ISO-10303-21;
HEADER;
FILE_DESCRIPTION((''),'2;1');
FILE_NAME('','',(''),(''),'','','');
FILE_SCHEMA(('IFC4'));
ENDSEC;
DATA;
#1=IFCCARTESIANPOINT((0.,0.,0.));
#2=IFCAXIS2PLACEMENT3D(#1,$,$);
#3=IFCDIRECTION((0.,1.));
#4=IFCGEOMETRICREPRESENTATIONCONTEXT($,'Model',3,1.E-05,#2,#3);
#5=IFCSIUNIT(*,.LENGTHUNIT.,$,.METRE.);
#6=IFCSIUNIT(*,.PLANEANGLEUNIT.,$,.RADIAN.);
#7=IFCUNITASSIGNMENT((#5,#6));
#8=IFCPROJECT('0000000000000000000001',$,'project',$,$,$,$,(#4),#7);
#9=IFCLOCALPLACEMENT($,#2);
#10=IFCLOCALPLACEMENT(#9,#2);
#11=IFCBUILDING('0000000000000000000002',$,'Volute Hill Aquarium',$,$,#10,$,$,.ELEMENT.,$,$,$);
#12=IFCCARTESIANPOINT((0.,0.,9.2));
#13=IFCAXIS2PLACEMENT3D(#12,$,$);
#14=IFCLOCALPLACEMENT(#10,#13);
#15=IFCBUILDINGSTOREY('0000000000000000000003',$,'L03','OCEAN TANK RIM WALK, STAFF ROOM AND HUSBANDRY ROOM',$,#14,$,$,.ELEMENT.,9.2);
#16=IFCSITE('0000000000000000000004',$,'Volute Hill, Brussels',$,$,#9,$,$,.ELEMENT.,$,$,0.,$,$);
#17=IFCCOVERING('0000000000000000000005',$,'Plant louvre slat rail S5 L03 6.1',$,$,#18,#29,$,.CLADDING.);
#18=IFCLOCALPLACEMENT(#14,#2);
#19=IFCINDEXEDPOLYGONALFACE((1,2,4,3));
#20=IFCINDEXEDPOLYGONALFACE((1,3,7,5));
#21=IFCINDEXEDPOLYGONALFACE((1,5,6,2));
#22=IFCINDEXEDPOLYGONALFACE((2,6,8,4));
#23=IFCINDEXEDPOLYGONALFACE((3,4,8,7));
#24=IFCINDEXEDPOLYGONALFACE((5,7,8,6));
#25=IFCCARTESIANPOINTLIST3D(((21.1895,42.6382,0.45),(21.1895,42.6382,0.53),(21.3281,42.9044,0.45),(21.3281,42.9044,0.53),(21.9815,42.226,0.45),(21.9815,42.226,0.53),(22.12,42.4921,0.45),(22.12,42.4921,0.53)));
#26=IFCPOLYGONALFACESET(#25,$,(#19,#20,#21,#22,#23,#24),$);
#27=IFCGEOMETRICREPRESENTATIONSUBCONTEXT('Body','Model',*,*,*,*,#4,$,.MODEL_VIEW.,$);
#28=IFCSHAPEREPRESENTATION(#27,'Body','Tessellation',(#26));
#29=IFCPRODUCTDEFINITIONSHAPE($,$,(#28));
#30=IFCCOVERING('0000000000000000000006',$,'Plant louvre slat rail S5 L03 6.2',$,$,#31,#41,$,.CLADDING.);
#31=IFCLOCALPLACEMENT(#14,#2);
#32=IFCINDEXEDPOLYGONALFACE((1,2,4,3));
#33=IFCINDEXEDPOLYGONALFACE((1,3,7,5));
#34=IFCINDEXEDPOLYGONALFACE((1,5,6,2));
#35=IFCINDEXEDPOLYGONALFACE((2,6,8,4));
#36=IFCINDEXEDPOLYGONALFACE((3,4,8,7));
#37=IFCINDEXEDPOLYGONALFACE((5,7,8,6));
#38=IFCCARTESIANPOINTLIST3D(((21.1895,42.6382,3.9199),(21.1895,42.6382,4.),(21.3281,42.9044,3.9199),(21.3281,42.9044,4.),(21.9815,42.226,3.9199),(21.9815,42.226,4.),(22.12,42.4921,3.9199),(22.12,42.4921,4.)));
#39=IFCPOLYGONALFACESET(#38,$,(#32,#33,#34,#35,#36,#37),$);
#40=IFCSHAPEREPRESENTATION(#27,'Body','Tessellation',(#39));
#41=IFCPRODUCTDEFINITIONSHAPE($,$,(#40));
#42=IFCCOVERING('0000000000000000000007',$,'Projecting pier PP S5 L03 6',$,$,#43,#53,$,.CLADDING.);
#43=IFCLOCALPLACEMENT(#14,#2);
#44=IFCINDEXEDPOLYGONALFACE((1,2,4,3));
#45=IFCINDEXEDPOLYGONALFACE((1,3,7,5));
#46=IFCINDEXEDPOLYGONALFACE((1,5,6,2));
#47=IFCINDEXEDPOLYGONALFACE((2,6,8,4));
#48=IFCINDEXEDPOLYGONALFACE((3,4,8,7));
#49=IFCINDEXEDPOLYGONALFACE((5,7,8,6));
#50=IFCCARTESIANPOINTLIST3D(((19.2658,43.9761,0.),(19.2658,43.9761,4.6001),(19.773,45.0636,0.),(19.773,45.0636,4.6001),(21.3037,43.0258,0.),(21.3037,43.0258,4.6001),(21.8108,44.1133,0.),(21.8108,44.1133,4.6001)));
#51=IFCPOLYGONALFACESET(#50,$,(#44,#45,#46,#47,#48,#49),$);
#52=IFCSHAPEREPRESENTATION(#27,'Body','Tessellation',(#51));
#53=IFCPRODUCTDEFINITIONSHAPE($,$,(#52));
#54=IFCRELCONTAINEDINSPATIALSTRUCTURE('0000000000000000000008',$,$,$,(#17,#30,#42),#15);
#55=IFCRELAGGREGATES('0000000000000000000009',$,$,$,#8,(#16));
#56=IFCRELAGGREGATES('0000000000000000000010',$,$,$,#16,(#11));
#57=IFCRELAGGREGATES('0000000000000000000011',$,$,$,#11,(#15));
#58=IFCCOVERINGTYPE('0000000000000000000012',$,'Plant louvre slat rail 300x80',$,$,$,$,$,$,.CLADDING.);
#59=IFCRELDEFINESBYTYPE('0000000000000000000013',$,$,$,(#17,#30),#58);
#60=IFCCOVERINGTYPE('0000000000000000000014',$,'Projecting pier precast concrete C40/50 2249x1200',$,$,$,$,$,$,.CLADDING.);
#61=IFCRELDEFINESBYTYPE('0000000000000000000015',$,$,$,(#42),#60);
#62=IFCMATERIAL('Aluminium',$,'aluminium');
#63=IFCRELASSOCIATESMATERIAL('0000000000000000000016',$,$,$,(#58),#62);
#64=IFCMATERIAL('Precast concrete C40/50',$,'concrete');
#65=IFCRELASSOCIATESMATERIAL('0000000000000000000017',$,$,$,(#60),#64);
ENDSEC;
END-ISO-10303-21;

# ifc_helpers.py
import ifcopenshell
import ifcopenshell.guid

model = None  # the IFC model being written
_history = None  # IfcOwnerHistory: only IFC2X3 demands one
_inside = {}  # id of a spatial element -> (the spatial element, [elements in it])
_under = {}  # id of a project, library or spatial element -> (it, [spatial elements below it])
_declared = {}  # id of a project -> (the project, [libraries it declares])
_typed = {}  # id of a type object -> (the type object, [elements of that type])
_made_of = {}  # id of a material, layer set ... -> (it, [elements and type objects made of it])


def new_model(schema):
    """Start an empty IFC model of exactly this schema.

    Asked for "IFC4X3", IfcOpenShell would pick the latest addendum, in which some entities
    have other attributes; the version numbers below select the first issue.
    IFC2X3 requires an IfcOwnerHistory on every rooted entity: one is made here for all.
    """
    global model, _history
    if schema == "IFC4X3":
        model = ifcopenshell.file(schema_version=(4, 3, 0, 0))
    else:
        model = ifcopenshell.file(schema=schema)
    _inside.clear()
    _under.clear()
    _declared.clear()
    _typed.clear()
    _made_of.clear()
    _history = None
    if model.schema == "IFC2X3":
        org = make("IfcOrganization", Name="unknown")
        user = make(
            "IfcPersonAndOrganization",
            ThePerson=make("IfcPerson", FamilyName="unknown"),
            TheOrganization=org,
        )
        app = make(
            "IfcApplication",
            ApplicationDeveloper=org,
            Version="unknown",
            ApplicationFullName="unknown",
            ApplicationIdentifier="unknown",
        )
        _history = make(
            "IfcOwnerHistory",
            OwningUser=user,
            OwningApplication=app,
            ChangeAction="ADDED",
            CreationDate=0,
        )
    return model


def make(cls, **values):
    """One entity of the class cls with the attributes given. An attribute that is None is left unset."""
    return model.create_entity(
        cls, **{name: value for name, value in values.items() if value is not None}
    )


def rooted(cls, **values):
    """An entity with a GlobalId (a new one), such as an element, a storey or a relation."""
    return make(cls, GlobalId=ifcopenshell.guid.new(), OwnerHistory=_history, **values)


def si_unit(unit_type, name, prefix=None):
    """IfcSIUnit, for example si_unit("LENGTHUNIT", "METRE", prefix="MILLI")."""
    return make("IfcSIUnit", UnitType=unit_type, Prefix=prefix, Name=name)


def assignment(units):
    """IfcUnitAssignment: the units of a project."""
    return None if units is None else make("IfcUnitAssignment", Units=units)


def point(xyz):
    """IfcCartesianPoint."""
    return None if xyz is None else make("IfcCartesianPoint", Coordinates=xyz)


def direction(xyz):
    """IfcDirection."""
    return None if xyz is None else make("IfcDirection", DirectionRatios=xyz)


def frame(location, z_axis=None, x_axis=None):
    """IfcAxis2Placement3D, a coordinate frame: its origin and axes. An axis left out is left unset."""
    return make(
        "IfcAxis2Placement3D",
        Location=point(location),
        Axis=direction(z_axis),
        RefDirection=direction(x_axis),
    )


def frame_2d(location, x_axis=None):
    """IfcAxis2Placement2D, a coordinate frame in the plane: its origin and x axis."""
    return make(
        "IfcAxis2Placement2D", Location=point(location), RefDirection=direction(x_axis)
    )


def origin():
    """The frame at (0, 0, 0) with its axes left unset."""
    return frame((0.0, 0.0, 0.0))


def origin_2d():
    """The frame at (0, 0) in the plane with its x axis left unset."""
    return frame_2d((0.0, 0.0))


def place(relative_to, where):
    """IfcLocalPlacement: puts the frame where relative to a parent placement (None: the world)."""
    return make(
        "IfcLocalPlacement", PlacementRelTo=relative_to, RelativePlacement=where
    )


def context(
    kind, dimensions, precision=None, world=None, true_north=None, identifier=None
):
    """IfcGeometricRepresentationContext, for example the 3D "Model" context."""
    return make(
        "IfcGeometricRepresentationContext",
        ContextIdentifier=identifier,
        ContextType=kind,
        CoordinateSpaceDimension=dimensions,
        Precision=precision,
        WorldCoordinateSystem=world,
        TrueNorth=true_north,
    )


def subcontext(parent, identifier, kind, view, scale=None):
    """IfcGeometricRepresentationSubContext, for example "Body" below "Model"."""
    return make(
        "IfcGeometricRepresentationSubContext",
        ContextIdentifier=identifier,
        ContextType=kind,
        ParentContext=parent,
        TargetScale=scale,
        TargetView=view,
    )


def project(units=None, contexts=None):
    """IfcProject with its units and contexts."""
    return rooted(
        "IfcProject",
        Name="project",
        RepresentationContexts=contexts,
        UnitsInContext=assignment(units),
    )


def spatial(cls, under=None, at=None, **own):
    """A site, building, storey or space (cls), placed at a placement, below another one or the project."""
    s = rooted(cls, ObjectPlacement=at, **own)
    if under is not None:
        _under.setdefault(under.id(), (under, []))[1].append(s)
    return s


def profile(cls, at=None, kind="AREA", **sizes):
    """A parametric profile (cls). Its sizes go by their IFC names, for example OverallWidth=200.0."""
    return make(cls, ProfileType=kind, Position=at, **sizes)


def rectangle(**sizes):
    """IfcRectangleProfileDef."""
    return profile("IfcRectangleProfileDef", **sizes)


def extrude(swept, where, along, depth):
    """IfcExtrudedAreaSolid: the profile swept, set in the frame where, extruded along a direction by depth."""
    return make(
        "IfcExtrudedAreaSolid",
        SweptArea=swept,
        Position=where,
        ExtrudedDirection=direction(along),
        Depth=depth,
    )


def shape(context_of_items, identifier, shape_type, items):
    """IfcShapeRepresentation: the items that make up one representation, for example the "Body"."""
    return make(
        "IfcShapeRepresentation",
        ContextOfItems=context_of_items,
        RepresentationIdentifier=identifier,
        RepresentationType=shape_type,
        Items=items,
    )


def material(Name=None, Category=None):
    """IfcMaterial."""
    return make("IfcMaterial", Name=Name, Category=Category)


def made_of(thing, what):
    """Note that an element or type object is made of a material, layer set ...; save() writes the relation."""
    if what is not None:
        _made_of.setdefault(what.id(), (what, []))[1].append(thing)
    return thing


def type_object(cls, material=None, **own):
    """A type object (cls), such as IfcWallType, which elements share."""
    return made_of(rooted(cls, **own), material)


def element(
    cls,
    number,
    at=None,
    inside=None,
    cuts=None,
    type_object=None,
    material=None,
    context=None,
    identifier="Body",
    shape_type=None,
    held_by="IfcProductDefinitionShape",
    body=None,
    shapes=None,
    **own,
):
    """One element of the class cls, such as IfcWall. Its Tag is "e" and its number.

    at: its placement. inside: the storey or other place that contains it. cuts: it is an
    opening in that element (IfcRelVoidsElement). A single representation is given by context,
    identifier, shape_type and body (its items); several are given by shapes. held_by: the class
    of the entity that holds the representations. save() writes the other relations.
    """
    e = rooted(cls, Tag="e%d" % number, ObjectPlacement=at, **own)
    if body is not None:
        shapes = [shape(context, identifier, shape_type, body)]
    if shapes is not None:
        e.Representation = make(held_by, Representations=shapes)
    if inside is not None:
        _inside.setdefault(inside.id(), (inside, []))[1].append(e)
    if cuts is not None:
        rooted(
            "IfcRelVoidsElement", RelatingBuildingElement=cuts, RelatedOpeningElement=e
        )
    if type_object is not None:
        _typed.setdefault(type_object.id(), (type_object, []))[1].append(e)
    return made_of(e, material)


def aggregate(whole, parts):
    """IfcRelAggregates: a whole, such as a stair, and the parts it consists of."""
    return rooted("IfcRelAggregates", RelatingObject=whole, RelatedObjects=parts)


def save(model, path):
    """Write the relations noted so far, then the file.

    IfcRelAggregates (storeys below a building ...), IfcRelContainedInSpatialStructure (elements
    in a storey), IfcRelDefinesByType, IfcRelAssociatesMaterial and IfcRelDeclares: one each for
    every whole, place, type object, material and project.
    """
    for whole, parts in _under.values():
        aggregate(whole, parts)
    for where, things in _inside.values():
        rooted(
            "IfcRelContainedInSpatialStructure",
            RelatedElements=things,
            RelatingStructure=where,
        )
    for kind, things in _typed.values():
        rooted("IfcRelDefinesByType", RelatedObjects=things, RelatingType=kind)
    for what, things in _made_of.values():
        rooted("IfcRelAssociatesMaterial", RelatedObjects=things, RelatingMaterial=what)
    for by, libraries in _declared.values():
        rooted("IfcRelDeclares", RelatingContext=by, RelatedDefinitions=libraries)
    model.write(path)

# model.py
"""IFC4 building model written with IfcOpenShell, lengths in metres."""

from ifc_helpers import new_model, si_unit, direction, frame, origin, origin_2d, place, context, subcontext, project, spatial, rectangle, extrude, material, type_object, element, save


model = new_model("IFC4")

# Units and contexts
model_context = context("Model", 3, precision=1e-05, world=origin(), true_north=direction((0.0, 1.0)))
body_context = subcontext(model_context, "Body", "Model", "MODEL_VIEW")
ifc_project = project(units=[si_unit("LENGTHUNIT", "METRE"), si_unit("PLANEANGLEUNIT", "RADIAN")], contexts=[model_context])

# Site, building, storey
site_placement = place(None, origin())
site = spatial("IfcSite", under=ifc_project, at=site_placement, Name="Volute Hill, Brussels", CompositionType="ELEMENT", RefElevation=0.0)
building_placement = place(site_placement, origin())
building = spatial("IfcBuilding", under=site, at=building_placement, Name="Volute Hill Aquarium", CompositionType="ELEMENT")
storey_placement = place(building_placement, frame((0.0, 0.0, 9.2)))
storey = spatial("IfcBuildingStorey", under=building, at=storey_placement, Name="L03", Description="OCEAN TANK RIM WALK, STAFF ROOM AND HUSBANDRY ROOM", CompositionType="ELEMENT", Elevation=9.2)

# Coverings
ifc_material_1 = material(Name="Aluminium", Category="aluminium")
covering_type_1 = type_object("IfcCoveringType", Name="Plant louvre slat rail 300x80", PredefinedType="CLADDING", material=ifc_material_1)
for number, where, z_axis, x_axis, name in (
    (1, (21.6548, 42.5652, 0.45), (0.0, 0.0, 1.0), (-0.887007, 0.461757, 0.0), "Plant louvre slat rail S5 L03 6.1"),
    (2, (21.6548, 42.5652, 3.9199), (0.0, 0.0, 1.0), (-0.887007, 0.461757, 0.0), "Plant louvre slat rail S5 L03 6.2"),
):
    element("IfcCovering", number, at=place(storey_placement, frame(where, z_axis=z_axis, x_axis=x_axis)), inside=storey, type_object=covering_type_1, Name=name, PredefinedType="CLADDING", context=body_context, shape_type="SweptSolid", body=[
        extrude(rectangle(XDim=0.8928, YDim=0.3, at=origin_2d()), origin(), (0.0, 0.0, 1.0), 0.0801),
    ])
ifc_material_2 = material(Name="Precast concrete C40/50", Category="concrete")
covering_type_2 = type_object("IfcCoveringType", Name="Projecting pier precast concrete C40/50 2249x1200", PredefinedType="CLADDING", material=ifc_material_2)
covering_placement = place(storey_placement, frame((20.5383, 44.0447, 0.0), z_axis=(0.0, 0.0, 1.0), x_axis=(-0.906308, 0.422618, 0.0)))
element("IfcCovering", 3, at=covering_placement, inside=storey, type_object=covering_type_2, Name="Projecting pier PP S5 L03 6", PredefinedType="CLADDING", context=body_context, shape_type="SweptSolid", body=[
    extrude(rectangle(XDim=2.2485, YDim=1.2, at=origin_2d()), origin(), (0.0, 0.0, 1.0), 4.6001),
])

save(model, "model.ifc")
